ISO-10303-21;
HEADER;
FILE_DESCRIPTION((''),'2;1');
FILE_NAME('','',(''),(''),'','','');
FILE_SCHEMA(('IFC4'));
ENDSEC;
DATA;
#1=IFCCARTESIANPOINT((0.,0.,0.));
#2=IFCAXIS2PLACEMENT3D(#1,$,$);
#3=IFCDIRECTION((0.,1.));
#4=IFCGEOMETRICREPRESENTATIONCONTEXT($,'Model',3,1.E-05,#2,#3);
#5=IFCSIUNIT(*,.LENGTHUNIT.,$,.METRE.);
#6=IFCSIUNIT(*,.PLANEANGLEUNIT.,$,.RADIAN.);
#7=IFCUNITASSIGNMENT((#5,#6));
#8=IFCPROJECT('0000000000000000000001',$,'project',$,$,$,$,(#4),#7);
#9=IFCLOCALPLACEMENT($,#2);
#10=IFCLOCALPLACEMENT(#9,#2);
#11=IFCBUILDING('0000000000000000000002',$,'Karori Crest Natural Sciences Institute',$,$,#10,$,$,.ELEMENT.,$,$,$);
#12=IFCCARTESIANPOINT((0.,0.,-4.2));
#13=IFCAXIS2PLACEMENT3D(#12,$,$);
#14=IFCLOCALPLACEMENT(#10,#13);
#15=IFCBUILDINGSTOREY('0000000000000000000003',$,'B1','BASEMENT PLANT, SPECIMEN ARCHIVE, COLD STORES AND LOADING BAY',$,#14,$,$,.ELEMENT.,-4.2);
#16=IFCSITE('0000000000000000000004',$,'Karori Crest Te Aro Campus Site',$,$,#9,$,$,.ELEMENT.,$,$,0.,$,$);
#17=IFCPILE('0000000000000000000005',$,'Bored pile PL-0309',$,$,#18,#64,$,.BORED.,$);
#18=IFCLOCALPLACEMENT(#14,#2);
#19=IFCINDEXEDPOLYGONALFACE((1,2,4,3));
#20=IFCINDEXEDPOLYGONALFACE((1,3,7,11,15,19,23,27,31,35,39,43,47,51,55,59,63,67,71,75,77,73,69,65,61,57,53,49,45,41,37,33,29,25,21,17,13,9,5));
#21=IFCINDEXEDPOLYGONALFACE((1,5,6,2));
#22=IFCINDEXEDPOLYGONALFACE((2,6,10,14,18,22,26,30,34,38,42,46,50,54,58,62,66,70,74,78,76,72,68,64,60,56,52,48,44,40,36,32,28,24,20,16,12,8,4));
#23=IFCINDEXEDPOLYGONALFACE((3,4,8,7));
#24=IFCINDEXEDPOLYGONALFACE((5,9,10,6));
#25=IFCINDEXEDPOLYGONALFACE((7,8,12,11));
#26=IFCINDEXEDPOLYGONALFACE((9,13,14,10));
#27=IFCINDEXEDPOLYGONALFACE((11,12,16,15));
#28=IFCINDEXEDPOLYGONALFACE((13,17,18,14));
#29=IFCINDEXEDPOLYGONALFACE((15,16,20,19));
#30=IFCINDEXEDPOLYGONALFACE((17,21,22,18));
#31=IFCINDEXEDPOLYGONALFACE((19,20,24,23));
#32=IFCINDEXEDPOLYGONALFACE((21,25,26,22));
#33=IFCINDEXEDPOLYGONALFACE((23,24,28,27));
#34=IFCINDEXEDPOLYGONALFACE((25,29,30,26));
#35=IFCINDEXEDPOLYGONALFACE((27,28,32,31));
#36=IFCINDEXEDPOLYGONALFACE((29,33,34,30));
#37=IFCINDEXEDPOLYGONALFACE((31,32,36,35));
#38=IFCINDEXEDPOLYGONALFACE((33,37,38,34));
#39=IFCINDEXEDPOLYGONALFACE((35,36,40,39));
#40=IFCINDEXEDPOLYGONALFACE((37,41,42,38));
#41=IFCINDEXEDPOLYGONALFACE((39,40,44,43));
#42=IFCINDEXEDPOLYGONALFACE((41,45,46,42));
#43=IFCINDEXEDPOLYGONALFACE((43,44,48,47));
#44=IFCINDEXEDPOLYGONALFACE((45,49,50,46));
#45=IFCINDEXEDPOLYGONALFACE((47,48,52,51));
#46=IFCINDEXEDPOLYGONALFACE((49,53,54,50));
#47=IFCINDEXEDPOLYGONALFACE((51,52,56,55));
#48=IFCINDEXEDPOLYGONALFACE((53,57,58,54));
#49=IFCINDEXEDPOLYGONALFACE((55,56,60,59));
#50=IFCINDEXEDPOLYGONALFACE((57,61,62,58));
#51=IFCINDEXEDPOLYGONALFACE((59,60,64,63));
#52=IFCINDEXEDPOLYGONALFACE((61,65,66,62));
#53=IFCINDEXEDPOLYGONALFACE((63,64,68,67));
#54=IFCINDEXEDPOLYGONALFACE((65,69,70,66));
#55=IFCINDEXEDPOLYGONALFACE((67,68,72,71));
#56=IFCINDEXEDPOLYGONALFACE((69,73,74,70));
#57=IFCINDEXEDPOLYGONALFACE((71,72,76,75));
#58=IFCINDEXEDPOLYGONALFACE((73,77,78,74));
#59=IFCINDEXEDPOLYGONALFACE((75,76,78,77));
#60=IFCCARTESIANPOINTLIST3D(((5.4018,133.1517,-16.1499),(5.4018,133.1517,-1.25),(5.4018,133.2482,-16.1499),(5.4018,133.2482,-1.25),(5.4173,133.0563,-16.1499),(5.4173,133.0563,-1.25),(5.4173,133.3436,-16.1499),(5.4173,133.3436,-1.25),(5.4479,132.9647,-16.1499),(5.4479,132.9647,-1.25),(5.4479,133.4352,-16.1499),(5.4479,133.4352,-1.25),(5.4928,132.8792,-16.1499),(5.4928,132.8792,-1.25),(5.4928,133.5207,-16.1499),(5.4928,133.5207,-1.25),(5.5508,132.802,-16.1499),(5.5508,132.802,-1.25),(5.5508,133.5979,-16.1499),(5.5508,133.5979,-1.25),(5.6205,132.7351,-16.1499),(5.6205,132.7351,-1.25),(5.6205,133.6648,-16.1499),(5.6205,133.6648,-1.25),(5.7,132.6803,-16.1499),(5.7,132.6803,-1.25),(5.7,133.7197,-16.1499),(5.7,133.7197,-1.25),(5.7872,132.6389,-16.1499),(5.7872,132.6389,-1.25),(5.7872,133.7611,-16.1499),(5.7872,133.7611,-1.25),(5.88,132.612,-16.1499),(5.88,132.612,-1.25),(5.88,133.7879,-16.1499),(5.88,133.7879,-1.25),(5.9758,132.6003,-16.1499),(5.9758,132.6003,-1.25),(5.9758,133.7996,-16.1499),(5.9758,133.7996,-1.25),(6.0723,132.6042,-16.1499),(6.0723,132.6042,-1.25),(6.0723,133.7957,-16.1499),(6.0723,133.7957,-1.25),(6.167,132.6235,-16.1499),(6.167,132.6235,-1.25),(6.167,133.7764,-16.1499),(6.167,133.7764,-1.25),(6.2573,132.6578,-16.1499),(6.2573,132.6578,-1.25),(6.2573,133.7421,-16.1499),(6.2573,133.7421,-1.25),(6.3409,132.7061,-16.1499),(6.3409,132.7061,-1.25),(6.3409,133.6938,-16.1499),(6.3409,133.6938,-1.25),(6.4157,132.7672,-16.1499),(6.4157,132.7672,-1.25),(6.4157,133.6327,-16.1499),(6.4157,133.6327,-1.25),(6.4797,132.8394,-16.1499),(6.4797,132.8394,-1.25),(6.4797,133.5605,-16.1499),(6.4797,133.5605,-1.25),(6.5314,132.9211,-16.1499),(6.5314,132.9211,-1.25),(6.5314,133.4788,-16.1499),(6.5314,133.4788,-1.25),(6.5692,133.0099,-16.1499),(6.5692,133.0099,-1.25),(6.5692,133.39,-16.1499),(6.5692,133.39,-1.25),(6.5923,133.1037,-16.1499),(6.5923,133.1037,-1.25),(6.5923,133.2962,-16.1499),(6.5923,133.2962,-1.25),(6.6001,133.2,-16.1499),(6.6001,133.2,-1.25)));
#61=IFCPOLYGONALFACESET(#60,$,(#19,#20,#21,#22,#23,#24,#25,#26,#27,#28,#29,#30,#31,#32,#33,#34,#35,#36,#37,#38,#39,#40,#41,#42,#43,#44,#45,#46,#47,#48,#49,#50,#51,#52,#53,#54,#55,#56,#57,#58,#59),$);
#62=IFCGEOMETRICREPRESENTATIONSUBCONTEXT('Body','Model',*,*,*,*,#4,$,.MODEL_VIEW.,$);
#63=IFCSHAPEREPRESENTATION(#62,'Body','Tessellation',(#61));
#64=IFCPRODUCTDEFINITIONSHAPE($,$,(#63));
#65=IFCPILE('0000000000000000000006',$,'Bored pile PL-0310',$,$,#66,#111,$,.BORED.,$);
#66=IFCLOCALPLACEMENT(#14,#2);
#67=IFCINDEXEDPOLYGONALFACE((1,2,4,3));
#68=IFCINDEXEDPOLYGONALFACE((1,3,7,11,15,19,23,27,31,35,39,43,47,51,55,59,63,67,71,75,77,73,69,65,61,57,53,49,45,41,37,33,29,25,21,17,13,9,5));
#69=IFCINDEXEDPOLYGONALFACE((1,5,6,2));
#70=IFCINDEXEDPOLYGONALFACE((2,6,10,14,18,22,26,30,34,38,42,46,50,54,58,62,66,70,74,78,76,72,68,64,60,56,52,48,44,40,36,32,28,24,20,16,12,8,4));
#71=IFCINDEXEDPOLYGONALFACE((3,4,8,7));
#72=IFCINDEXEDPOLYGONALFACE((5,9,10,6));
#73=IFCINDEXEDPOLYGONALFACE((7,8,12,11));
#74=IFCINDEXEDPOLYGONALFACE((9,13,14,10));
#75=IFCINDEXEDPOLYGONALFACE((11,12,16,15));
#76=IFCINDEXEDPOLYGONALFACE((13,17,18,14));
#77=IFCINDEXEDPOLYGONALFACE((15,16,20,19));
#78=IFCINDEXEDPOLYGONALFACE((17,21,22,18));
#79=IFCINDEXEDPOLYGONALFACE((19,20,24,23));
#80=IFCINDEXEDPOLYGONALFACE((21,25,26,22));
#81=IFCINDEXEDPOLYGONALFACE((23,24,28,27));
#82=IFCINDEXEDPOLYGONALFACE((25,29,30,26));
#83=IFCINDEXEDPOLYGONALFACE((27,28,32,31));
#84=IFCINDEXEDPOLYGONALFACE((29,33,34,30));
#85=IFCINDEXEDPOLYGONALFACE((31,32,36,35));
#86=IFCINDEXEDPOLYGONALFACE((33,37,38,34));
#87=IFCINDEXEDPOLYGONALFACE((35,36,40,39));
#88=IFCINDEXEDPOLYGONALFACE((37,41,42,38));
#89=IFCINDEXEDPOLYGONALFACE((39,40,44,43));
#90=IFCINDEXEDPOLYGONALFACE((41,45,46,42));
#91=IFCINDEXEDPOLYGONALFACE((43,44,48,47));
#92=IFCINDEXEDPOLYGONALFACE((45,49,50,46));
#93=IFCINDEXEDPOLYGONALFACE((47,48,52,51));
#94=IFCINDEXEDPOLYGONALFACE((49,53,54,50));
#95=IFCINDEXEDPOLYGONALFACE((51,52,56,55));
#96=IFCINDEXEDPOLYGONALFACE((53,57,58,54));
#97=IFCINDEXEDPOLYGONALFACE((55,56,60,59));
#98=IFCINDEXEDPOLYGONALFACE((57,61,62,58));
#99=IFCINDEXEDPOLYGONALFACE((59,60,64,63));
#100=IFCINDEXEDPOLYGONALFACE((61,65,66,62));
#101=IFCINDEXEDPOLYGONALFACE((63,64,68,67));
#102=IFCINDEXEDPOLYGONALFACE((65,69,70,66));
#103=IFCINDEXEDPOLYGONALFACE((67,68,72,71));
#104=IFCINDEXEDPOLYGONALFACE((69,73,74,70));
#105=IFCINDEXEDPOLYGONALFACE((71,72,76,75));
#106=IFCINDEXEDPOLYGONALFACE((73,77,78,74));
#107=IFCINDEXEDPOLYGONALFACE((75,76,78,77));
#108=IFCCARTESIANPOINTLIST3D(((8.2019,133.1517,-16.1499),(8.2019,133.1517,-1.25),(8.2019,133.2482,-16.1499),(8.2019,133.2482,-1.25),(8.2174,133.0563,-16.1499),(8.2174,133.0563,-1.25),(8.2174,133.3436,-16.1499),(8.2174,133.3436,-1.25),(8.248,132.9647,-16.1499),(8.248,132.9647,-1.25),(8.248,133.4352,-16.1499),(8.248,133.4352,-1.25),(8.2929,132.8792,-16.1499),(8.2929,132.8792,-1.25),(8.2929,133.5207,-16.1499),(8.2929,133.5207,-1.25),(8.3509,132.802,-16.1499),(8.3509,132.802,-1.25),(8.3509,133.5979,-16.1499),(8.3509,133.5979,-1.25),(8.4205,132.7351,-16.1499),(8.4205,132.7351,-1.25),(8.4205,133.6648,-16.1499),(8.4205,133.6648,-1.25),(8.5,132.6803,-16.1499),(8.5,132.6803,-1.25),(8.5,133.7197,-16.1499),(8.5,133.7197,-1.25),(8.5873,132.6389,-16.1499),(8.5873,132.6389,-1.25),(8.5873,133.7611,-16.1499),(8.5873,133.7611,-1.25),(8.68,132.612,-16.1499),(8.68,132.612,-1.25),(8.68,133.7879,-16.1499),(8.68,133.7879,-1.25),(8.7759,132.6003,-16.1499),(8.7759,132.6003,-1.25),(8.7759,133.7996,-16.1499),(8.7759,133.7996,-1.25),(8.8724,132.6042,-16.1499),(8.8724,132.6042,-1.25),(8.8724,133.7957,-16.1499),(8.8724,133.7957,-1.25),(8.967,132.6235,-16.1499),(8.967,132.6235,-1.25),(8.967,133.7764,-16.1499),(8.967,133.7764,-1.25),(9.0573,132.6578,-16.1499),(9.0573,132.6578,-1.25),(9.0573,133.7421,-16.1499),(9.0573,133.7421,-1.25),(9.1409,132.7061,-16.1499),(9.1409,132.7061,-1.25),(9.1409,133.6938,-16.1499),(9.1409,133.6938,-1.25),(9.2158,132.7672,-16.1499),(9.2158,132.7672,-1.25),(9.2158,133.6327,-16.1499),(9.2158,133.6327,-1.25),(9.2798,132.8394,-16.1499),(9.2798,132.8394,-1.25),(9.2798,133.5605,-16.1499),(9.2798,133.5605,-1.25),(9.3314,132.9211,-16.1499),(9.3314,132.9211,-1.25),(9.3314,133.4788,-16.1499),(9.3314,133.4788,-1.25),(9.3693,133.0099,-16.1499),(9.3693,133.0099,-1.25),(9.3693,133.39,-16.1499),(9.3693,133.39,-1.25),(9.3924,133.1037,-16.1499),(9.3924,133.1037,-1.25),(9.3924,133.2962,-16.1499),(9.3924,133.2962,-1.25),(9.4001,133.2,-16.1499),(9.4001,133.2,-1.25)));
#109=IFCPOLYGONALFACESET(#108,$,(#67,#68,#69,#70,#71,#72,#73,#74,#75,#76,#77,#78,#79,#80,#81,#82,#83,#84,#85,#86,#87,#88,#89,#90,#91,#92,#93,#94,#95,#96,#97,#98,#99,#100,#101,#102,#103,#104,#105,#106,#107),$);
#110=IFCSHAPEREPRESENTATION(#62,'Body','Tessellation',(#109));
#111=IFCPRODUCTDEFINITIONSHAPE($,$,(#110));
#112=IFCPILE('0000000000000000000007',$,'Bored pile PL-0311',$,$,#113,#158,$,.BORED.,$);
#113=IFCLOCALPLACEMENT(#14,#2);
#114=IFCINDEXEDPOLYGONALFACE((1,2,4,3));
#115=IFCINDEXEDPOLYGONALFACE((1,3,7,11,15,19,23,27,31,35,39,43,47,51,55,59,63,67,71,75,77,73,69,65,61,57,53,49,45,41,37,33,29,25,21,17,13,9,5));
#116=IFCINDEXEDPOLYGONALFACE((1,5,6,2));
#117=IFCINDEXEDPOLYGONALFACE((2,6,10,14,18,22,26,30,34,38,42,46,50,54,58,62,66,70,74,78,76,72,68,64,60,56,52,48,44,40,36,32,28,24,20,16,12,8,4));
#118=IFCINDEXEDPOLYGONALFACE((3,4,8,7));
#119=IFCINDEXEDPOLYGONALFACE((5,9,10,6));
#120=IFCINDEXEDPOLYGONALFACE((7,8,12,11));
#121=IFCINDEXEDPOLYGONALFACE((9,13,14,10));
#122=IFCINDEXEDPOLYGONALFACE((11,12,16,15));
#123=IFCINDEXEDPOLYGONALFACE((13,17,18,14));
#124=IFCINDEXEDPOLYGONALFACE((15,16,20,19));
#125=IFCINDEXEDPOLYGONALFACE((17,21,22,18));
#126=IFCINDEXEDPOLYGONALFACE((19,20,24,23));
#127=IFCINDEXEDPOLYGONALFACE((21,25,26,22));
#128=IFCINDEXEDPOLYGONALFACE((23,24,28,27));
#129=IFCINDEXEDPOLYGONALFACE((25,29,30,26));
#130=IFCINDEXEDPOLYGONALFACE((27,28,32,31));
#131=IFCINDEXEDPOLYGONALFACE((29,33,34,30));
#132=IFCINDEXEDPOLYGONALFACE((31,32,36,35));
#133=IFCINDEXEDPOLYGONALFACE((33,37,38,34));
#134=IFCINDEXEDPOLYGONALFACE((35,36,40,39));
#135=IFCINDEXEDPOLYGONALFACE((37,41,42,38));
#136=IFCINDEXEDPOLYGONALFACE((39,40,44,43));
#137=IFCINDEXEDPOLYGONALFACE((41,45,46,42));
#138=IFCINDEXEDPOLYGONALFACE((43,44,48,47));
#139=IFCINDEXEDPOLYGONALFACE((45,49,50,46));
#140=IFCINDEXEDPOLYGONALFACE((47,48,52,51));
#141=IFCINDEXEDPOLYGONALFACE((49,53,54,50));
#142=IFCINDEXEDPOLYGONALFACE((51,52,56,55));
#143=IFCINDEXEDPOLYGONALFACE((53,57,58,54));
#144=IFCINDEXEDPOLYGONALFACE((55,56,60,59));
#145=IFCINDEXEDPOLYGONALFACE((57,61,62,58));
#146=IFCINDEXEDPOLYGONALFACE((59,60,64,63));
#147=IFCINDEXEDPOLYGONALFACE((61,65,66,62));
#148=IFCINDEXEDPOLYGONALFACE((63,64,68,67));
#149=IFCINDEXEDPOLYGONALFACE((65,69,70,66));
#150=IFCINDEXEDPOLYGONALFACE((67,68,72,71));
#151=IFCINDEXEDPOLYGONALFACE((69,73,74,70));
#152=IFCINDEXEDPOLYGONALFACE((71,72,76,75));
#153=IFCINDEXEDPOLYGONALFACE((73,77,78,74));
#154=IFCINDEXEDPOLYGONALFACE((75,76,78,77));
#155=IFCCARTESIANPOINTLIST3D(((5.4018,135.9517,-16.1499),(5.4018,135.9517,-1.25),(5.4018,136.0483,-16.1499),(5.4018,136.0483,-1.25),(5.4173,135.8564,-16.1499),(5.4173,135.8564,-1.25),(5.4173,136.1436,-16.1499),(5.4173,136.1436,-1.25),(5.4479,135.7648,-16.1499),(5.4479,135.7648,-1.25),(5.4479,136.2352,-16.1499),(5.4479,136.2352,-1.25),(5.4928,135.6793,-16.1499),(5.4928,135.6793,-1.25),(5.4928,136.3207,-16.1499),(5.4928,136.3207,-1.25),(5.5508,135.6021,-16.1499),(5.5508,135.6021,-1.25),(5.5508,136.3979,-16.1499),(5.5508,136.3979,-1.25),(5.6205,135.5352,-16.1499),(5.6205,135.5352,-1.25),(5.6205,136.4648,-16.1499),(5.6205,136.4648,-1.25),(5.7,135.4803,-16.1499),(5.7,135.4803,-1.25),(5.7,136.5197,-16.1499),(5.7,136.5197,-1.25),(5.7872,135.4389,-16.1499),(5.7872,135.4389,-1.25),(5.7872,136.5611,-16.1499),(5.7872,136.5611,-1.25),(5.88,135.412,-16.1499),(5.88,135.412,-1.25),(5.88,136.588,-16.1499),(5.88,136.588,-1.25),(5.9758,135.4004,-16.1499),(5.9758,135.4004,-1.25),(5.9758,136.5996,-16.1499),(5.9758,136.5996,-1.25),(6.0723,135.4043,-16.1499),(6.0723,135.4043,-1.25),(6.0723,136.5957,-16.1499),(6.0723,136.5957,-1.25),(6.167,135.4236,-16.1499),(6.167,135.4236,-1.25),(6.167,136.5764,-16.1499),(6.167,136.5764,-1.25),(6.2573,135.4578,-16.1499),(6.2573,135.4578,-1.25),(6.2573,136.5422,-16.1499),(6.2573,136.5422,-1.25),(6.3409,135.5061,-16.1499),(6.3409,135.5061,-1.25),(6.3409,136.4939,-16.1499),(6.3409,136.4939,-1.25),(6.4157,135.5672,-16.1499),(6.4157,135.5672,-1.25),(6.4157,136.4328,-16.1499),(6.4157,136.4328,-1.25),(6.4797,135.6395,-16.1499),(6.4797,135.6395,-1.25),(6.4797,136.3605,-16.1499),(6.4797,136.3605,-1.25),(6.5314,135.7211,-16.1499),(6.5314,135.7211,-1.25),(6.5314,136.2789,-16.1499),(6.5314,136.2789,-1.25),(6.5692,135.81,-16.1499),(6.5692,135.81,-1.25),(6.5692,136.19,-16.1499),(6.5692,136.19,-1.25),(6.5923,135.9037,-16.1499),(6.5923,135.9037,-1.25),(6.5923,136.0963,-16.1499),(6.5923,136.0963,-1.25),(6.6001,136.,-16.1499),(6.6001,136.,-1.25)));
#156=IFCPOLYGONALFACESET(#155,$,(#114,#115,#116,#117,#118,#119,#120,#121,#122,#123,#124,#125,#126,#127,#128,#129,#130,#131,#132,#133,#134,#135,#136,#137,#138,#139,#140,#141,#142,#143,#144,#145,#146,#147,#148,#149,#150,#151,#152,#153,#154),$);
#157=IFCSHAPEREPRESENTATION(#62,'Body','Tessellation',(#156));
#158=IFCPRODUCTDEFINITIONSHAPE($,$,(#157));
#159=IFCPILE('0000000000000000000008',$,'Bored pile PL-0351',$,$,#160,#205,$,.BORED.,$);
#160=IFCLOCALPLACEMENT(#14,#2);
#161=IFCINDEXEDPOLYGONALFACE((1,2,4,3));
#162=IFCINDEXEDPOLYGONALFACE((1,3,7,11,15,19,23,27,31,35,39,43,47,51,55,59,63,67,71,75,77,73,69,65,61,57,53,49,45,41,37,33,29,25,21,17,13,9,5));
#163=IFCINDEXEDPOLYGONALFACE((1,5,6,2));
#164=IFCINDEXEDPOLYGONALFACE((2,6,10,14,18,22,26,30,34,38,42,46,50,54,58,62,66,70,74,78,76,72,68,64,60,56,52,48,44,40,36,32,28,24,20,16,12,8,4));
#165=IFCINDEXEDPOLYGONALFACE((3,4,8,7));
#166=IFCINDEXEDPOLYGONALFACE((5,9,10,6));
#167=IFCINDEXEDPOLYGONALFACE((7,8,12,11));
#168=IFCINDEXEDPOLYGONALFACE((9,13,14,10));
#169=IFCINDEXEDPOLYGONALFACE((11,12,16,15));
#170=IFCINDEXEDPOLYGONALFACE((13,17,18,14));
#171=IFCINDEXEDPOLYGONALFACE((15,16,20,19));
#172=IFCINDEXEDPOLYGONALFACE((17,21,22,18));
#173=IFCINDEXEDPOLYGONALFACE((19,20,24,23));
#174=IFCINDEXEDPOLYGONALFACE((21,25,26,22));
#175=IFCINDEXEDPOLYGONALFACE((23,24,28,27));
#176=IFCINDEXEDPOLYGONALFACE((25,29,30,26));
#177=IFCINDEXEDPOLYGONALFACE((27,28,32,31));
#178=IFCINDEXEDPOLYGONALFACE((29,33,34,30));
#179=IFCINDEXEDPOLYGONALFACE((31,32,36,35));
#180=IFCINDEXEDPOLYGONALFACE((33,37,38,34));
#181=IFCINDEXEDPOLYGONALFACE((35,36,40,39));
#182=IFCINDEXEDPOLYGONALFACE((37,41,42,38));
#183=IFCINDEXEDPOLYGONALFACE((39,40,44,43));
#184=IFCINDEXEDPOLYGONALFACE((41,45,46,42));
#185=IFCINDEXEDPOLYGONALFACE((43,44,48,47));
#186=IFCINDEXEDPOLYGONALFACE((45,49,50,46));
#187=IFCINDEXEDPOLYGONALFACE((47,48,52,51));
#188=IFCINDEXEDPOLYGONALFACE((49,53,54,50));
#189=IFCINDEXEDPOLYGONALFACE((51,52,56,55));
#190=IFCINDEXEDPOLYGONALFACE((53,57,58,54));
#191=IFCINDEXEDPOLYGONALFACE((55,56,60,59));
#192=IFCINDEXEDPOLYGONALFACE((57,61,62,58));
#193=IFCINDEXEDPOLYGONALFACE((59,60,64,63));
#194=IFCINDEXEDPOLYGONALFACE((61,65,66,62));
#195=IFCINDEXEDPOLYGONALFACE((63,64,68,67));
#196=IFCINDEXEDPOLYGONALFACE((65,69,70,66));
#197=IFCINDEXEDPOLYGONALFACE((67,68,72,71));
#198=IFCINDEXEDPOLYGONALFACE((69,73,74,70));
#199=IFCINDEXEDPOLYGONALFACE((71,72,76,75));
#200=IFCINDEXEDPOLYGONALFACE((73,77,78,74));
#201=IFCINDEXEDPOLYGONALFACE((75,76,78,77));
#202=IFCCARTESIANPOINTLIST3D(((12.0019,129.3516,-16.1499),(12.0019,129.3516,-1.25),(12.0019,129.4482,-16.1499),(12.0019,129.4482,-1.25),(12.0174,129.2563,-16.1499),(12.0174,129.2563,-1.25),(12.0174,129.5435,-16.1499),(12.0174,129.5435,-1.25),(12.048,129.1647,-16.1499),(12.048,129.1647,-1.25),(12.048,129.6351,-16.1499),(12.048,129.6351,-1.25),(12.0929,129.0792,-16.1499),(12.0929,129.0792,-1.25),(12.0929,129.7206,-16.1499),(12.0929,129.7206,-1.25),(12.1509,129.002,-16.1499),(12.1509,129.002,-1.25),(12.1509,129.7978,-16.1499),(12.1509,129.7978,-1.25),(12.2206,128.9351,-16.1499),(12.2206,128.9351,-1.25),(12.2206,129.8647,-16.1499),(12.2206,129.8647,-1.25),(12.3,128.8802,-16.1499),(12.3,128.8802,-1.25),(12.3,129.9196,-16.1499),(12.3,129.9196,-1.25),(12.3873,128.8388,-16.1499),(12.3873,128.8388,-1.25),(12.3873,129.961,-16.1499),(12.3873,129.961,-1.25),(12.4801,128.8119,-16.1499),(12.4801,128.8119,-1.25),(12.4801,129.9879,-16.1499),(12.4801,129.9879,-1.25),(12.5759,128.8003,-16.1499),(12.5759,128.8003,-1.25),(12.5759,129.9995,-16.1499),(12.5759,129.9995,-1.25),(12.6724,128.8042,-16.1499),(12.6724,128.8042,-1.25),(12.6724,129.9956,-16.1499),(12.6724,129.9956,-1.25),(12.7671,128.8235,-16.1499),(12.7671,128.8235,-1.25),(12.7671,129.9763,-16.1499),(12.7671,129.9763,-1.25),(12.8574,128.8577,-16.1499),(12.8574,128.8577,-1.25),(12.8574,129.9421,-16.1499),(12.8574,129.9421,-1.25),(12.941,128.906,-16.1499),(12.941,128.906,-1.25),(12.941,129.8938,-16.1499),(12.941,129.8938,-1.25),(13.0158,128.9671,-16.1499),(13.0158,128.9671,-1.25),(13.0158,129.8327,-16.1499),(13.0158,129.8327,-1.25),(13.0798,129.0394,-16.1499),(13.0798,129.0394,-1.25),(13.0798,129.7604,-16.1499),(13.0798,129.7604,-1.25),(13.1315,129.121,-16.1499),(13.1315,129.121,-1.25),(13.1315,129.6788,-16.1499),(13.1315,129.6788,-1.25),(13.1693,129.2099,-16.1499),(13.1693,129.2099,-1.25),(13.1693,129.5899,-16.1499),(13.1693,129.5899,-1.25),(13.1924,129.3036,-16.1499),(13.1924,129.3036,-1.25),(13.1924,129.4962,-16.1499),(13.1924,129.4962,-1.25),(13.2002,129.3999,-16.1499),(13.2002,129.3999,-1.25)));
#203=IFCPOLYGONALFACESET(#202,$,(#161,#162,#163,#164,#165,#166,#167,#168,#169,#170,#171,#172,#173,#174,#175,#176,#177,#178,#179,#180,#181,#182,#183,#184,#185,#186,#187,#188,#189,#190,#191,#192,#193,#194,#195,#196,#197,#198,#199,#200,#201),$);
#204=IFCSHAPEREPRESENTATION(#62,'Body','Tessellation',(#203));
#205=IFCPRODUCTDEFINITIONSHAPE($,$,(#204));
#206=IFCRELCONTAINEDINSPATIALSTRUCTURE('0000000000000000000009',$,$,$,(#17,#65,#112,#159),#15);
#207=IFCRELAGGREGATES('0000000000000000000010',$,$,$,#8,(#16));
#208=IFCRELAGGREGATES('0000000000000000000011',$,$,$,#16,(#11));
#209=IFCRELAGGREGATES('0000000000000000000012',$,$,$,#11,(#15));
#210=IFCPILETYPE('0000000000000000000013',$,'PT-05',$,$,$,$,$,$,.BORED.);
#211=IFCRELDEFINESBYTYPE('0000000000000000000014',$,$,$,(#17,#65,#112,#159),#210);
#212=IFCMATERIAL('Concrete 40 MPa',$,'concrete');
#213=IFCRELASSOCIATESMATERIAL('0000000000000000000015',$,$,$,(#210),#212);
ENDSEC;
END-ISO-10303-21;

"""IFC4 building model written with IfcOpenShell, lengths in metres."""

from ifc_helpers import new_model, si_unit, direction, frame, origin, origin_2d, place, context, subcontext, project, spatial, circle, extrude, material, material_profile, profile_set, type_object, element, save


model = new_model("IFC4")

# Units and contexts
model_context = context("Model", 3, precision=1e-05, world=origin(), true_north=direction((0.0, 1.0)))
body_context = subcontext(model_context, "Body", "Model", "MODEL_VIEW")
ifc_project = project(units=[si_unit("LENGTHUNIT", "METRE"), si_unit("PLANEANGLEUNIT", "RADIAN")], contexts=[model_context])

# Site, building, storey
site_placement = place(None, origin())
site = spatial("IfcSite", under=ifc_project, at=site_placement, Name="Karori Crest Te Aro Campus Site", CompositionType="ELEMENT", RefElevation=0.0)
building_placement = place(site_placement, origin())
building = spatial("IfcBuilding", under=site, at=building_placement, Name="Karori Crest Natural Sciences Institute", CompositionType="ELEMENT")
storey_placement = place(building_placement, frame((0.0, 0.0, -4.2)))
storey = spatial("IfcBuildingStorey", under=building, at=storey_placement, Name="B1", Description="BASEMENT PLANT, SPECIMEN ARCHIVE, COLD STORES AND LOADING BAY", CompositionType="ELEMENT", Elevation=-4.2)

# Shared definitions
ifc_material_1 = material(Name="Concrete 40 MPa", Category="concrete")

# Piles
ifc_material_profile_1 = material_profile(ifc_material_1, circle(Radius=0.6001, at=origin_2d()), Name="PILE1200")
ifc_profile_set_1 = profile_set([ifc_material_profile_1], Name="Concrete 40 MPa")
pile_type = type_object("IfcPileType", Name="PT-05", PredefinedType="BORED", material=ifc_profile_set_1)
for number, where, z_axis, x_axis, name in (
    (1, (6.0, 133.2, -1.25), (0.0, 0.0, -1.0), (1.0, 0.0, 0.0), "Bored pile PL-0309"),
    (2, (8.8, 133.2, -1.25), (0.0, 0.0, -1.0), (1.0, 0.0, 0.0), "Bored pile PL-0310"),
    (3, (6.0, 136.0, -1.25), (0.0, 0.0, -1.0), (1.0, 0.0, 0.0), "Bored pile PL-0311"),
    (4, (12.6001, 129.3999, -1.25), (0.0, 0.0, -1.0), (1.0, 0.0, 0.0), "Bored pile PL-0351"),
):
    element("IfcPile", number, at=place(storey_placement, frame(where, z_axis=z_axis, x_axis=x_axis)), inside=storey, type_object=pile_type, Name=name, PredefinedType="BORED", context=body_context, shape_type="SweptSolid", body=[
        extrude(circle(Radius=0.6001, at=origin_2d()), origin(), (0.0, 0.0, 1.0), 14.8999),
    ])

save(model, "model.ifc")
